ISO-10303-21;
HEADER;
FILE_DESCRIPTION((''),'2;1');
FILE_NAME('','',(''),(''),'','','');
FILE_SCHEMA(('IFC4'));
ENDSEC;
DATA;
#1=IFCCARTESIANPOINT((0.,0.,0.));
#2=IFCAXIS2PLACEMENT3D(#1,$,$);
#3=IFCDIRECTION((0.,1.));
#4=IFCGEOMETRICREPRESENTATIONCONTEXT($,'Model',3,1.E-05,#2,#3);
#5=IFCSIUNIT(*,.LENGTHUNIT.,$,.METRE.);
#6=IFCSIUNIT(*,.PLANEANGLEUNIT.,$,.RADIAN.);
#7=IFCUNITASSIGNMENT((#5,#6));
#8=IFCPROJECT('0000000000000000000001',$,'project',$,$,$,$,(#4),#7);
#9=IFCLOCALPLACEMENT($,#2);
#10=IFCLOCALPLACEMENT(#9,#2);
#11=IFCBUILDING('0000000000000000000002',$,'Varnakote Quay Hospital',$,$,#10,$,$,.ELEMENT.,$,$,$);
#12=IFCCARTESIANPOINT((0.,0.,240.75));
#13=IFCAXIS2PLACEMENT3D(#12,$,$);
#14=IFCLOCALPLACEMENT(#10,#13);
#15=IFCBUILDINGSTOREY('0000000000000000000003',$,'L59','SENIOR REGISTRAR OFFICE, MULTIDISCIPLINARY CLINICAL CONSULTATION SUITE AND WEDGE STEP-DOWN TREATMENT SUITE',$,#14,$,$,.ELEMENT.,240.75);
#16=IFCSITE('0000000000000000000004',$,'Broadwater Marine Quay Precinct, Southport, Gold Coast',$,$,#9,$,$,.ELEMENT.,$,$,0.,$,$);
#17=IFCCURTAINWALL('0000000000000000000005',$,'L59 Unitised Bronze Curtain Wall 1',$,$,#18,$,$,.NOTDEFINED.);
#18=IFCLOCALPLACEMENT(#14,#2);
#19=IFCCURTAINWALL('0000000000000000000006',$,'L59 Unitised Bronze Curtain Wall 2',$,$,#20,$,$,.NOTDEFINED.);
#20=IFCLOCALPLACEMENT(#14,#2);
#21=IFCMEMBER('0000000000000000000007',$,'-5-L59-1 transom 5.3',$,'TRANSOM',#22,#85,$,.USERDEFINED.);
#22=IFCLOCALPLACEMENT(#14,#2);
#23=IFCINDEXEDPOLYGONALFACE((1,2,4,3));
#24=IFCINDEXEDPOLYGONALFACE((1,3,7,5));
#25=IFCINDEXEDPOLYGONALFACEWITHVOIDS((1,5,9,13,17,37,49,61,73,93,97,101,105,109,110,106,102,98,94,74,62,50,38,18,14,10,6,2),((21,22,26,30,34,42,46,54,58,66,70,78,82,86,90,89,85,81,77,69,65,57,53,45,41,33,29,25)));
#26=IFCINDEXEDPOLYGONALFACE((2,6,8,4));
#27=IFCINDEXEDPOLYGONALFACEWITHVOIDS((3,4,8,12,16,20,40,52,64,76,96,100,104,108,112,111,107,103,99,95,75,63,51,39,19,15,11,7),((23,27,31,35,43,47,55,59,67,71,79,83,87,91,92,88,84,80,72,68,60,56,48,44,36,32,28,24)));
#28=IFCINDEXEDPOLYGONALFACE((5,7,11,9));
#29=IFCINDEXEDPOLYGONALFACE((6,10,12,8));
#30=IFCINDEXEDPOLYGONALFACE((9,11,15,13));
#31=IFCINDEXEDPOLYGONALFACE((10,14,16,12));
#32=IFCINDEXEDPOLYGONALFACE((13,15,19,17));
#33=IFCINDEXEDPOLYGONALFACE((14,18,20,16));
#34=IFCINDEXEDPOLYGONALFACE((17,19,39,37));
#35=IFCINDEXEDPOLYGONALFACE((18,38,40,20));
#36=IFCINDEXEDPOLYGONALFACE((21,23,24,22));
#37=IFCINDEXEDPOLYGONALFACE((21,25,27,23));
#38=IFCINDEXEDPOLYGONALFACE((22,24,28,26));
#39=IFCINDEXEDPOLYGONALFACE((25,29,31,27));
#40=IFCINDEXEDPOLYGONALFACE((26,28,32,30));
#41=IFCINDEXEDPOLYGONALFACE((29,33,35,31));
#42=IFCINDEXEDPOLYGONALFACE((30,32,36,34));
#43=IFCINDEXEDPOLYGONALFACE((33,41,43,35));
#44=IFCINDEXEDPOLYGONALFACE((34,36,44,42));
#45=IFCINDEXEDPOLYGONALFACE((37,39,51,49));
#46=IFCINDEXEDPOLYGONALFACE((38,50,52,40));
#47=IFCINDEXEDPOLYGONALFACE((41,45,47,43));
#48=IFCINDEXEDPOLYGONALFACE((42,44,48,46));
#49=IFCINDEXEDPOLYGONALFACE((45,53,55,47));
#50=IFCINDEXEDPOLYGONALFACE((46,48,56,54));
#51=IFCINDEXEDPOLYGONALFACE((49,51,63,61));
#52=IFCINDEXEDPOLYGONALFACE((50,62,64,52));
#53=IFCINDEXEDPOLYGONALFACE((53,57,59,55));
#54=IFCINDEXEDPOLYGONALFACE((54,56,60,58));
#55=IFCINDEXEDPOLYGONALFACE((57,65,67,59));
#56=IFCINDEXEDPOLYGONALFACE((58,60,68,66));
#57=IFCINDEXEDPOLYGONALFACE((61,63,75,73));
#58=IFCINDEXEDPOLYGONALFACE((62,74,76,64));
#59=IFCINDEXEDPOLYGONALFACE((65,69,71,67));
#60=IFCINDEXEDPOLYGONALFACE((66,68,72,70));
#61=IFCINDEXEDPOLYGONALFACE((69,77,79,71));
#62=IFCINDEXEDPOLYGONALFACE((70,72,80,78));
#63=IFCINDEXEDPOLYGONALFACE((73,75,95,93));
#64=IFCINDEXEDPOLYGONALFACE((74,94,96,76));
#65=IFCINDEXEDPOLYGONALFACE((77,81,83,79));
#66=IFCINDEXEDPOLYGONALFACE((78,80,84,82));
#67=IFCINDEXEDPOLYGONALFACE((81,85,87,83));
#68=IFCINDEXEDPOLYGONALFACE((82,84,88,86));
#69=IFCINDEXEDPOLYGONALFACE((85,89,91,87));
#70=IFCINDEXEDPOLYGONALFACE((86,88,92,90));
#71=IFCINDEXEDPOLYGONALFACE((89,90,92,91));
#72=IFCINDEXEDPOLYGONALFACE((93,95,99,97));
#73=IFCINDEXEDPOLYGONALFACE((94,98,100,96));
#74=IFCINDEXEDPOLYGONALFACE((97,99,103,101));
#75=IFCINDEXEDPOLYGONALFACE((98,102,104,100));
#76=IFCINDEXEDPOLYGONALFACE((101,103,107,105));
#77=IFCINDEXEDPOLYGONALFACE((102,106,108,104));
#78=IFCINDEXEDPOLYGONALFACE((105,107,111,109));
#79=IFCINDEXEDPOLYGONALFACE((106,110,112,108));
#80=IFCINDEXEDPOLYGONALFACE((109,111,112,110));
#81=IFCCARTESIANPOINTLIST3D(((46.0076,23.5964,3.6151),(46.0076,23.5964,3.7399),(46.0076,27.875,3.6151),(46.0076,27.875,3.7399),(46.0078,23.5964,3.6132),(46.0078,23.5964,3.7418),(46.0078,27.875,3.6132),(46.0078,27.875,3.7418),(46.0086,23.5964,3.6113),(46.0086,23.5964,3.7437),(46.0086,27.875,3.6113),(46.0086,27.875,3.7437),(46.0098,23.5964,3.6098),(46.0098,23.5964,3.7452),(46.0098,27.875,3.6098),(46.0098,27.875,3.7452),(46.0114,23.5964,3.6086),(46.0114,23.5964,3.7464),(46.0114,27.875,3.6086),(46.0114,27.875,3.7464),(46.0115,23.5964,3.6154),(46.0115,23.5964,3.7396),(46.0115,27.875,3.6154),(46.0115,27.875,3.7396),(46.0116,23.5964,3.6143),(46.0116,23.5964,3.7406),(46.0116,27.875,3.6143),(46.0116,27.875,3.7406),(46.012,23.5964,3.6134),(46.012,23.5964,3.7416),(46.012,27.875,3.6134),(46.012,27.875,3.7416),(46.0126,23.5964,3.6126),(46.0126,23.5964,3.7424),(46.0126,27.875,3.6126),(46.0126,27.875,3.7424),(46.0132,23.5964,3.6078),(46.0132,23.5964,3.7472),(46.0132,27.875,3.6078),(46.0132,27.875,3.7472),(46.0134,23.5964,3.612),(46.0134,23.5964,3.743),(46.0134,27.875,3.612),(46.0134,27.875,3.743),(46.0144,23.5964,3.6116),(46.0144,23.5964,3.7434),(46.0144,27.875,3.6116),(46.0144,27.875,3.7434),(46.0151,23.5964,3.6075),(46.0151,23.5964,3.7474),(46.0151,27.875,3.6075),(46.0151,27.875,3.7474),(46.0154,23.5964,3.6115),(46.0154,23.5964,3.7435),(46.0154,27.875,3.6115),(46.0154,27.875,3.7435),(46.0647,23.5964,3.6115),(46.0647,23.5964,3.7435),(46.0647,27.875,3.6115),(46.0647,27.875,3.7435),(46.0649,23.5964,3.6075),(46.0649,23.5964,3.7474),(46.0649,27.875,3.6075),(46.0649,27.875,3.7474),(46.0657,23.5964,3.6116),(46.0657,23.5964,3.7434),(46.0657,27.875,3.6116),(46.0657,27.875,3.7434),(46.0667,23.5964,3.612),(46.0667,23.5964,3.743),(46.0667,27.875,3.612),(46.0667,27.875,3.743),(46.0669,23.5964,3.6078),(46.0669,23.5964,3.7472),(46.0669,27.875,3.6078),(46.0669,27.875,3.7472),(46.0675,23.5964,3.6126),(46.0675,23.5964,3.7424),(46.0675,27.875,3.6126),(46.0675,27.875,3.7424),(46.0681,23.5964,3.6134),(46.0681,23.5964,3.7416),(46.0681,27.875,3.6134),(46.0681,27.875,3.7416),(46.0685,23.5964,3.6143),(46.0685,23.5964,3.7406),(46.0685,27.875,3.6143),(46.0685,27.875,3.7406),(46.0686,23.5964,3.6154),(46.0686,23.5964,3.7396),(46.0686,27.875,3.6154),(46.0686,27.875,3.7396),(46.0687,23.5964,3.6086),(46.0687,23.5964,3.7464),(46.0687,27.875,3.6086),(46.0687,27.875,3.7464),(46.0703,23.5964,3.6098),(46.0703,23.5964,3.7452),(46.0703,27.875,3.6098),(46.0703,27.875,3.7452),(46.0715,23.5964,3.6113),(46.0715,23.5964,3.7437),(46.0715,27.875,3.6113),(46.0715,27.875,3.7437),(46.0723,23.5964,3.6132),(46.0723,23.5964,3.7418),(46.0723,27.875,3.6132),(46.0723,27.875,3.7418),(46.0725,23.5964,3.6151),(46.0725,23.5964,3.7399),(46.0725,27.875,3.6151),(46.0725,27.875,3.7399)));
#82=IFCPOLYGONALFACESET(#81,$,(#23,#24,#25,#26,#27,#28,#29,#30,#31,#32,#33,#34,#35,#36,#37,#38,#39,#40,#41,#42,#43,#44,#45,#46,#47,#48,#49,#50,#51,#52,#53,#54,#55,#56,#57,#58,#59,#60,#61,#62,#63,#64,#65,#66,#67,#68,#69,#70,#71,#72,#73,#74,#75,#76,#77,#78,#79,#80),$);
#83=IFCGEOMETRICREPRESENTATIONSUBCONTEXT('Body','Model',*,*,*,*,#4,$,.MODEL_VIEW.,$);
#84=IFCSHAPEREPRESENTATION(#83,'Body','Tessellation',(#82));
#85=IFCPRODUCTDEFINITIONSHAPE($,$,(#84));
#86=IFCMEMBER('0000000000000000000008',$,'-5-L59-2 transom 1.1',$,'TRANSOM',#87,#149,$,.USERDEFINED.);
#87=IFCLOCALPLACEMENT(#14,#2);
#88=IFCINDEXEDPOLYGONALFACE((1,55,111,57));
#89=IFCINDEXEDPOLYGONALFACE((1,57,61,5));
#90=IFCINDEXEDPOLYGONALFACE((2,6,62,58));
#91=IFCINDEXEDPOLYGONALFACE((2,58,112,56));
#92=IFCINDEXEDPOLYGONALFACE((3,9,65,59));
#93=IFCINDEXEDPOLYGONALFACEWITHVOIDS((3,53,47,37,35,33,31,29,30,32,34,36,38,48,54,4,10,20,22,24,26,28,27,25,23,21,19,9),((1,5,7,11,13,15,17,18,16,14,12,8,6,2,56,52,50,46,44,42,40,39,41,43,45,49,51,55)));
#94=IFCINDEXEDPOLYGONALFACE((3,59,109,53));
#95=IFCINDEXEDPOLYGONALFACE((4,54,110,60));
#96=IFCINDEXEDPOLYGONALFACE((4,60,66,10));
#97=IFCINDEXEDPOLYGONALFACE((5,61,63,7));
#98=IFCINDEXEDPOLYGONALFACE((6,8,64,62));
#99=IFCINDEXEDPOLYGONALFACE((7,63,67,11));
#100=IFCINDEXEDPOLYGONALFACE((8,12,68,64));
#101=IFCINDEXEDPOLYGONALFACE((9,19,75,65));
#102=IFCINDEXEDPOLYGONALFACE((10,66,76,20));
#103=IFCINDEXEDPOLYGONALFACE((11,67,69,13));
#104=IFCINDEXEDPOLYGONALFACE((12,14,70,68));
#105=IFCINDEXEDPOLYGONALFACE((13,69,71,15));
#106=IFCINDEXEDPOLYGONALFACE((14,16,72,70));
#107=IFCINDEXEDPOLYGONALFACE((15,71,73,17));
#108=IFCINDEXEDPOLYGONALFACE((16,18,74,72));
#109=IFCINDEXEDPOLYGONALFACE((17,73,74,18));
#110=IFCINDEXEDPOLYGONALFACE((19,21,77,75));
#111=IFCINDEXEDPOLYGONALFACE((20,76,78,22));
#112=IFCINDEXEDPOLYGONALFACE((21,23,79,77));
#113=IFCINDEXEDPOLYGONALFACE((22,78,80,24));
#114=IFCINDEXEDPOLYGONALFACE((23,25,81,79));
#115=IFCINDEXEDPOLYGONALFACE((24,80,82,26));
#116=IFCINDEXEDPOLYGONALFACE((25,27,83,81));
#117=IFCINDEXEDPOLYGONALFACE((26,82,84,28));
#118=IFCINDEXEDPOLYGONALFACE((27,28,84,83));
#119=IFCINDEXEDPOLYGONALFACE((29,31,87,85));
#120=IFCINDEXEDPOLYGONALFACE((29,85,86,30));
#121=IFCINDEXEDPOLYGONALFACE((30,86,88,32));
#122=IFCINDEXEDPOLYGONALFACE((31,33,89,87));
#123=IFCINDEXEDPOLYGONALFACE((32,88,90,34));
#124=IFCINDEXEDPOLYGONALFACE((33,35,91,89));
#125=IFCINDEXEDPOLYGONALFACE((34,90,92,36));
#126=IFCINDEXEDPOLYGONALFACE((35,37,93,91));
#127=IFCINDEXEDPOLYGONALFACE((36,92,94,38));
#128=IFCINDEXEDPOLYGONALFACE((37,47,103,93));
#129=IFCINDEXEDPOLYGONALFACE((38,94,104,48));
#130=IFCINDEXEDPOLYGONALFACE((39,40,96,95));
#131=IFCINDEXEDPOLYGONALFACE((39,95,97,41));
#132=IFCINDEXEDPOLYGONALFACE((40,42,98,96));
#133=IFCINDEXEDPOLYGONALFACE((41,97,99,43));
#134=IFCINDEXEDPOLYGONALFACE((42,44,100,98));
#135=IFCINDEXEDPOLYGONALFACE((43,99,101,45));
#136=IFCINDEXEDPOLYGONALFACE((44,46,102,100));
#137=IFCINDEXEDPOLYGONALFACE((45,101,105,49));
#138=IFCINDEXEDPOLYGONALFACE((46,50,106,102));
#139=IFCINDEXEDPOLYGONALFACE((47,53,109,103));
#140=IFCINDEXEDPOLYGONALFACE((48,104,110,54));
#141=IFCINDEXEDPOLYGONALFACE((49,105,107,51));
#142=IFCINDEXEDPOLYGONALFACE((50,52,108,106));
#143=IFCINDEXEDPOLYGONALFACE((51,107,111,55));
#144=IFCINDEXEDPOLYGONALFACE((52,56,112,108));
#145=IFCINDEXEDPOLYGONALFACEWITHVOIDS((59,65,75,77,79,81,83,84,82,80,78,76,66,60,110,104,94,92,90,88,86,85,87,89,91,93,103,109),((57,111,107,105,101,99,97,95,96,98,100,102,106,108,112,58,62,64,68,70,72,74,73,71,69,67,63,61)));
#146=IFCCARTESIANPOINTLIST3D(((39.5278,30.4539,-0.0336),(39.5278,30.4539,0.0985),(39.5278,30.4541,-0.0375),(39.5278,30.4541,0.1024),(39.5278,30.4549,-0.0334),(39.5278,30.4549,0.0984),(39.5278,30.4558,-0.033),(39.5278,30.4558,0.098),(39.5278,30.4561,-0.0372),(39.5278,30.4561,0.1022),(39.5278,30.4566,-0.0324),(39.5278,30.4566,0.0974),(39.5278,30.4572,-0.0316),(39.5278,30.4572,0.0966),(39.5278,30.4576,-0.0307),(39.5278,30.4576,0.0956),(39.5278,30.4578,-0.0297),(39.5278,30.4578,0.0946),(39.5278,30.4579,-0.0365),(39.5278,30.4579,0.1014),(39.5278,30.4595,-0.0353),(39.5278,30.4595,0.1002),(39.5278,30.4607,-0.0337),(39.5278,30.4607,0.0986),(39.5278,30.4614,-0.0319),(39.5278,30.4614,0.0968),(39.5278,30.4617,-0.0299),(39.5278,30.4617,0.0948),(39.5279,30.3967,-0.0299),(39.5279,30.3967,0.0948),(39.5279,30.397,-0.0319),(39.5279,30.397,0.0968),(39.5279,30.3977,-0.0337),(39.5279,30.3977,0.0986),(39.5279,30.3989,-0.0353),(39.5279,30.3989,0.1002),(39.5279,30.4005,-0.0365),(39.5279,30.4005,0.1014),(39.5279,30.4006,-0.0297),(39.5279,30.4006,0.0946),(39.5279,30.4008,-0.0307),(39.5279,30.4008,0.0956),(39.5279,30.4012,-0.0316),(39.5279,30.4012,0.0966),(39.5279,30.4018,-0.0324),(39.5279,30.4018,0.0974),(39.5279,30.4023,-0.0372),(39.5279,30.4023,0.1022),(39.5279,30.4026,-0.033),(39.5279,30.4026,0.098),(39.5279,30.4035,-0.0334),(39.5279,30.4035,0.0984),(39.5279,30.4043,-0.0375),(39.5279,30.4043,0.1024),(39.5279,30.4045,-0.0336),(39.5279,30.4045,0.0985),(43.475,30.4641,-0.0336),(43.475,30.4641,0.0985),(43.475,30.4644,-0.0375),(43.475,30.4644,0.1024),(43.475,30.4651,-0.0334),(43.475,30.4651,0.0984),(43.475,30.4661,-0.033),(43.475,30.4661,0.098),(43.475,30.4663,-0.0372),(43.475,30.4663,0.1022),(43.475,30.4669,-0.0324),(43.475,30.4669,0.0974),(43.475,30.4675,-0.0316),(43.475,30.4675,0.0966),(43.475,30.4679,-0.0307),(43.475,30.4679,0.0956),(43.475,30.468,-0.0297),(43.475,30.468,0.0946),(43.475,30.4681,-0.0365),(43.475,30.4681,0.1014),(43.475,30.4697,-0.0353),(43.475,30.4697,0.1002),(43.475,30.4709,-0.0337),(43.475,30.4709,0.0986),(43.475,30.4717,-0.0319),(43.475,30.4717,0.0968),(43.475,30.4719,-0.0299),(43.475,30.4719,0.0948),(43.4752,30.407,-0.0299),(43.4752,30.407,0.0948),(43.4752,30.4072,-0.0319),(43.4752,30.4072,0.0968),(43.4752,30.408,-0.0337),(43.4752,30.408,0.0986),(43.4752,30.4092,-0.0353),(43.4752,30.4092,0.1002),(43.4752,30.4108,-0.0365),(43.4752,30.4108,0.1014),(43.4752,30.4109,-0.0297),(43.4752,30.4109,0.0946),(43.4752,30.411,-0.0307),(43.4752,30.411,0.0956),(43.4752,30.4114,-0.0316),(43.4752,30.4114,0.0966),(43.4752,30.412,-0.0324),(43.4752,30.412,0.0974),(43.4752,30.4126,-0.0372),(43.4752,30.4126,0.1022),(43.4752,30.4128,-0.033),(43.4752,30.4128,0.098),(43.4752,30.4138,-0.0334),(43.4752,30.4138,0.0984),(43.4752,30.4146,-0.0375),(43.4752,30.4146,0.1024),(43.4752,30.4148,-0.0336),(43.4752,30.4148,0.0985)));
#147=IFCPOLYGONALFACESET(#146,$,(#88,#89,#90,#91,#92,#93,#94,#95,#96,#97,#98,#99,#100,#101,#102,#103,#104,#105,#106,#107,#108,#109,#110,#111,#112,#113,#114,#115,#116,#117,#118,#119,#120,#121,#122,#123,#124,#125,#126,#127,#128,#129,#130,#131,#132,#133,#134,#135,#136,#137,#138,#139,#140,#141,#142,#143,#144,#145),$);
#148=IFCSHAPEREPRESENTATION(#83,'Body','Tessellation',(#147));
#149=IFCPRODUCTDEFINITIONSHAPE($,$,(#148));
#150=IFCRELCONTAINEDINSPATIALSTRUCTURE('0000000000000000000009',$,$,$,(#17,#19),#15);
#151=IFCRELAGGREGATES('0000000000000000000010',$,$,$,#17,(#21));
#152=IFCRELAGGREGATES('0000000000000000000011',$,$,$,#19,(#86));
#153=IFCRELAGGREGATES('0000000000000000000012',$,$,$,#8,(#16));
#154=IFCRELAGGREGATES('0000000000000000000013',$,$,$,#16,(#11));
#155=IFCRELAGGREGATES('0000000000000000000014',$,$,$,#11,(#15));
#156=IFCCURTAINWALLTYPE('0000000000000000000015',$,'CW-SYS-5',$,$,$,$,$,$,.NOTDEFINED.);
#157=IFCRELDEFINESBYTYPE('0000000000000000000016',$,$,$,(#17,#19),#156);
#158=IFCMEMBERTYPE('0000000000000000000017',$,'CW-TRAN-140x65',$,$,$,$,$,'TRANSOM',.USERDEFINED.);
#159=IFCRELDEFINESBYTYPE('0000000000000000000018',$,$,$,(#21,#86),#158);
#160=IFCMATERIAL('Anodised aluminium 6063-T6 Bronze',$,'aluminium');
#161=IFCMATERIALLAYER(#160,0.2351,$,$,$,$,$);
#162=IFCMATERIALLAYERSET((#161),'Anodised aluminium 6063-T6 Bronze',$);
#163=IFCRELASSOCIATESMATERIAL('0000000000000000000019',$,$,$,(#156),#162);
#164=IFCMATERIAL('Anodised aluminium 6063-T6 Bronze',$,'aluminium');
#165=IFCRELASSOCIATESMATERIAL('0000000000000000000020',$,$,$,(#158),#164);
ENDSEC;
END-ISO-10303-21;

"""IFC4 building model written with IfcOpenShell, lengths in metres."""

from ifc_helpers import new_model, si_unit, direction, frame, origin, origin_2d, place, context, subcontext, project, spatial, hollow_rectangle, extrude, material, layer, layer_set, material_profile, profile_set, type_object, element, aggregate, save


model = new_model("IFC4")

# Units and contexts
model_context = context("Model", 3, precision=1e-05, world=origin(), true_north=direction((0.0, 1.0)))
body_context = subcontext(model_context, "Body", "Model", "MODEL_VIEW")
ifc_project = project(units=[si_unit("LENGTHUNIT", "METRE"), si_unit("PLANEANGLEUNIT", "RADIAN")], contexts=[model_context])

# Site, building, storey
site_placement = place(None, origin())
site = spatial("IfcSite", under=ifc_project, at=site_placement, Name="Broadwater Marine Quay Precinct, Southport, Gold Coast", CompositionType="ELEMENT", RefElevation=0.0)
building_placement = place(site_placement, origin())
building = spatial("IfcBuilding", under=site, at=building_placement, Name="Varnakote Quay Hospital", CompositionType="ELEMENT")
storey_placement = place(building_placement, frame((0.0, 0.0, 240.75)))
storey = spatial("IfcBuildingStorey", under=building, at=storey_placement, Name="L59", Description="SENIOR REGISTRAR OFFICE, MULTIDISCIPLINARY CLINICAL CONSULTATION SUITE AND WEDGE STEP-DOWN TREATMENT SUITE", CompositionType="ELEMENT", Elevation=240.75)

# Curtain walls
ifc_material_1 = material(Name="Anodised aluminium 6063-T6 Bronze", Category="aluminium")
ifc_layer_1 = layer(ifc_material_1, 0.2351)
ifc_layer_set_1 = layer_set([ifc_layer_1], Name="Anodised aluminium 6063-T6 Bronze")
curtain_wall_type = type_object("IfcCurtainWallType", Name="CW-SYS-5", PredefinedType="NOTDEFINED", material=ifc_layer_set_1)
curtain_wall_1_placement = place(storey_placement, origin())
curtain_wall_1 = element("IfcCurtainWall", 1, at=curtain_wall_1_placement, inside=storey, type_object=curtain_wall_type, Name="L59 Unitised Bronze Curtain Wall 1", PredefinedType="NOTDEFINED")
curtain_wall_2_placement = place(storey_placement, origin())
curtain_wall_2 = element("IfcCurtainWall", 2, at=curtain_wall_2_placement, inside=storey, type_object=curtain_wall_type, Name="L59 Unitised Bronze Curtain Wall 2", PredefinedType="NOTDEFINED")

# Members
ifc_material_2 = material(Name="Anodised aluminium 6063-T6 Bronze", Category="aluminium")
ifc_material_profile_1 = material_profile(ifc_material_2, hollow_rectangle(XDim=0.0649, YDim=0.1399, WallThickness=0.0039, InnerFilletRadius=0.0039, OuterFilletRadius=0.0076, at=origin_2d()), Name="CW-TRAN-140x65")
ifc_profile_set_1 = profile_set([ifc_material_profile_1], Name="Anodised aluminium 6063-T6 Bronze")
member_type_1 = type_object("IfcMemberType", Name="CW-TRAN-140x65", ElementType="TRANSOM", PredefinedType="USERDEFINED", material=ifc_profile_set_1)
member_1_placement = place(storey_placement, frame((46.04, 23.5964, 3.6775), z_axis=(0.0, 1.0, 0.0), x_axis=(-1.0, 0.0, 0.0)))
member_1 = element("IfcMember", 3, at=member_1_placement, type_object=member_type_1, Name="-5-L59-1 transom 5.3", ObjectType="TRANSOM", PredefinedType="USERDEFINED", context=body_context, shape_type="SweptSolid", body=[
    extrude(hollow_rectangle(XDim=0.0649, YDim=0.1399, WallThickness=0.0039, InnerFilletRadius=0.0039, OuterFilletRadius=0.0076, at=origin_2d()), origin(), (0.0, 0.0, 1.0), 4.2786),
])
member_2_placement = place(storey_placement, frame((43.4751, 30.4395, 0.0325), z_axis=(-0.999997, -0.002598, 0.0), x_axis=(0.002598, -0.999997, 0.0)))
member_2 = element("IfcMember", 4, at=member_2_placement, type_object=member_type_1, Name="-5-L59-2 transom 1.1", ObjectType="TRANSOM", PredefinedType="USERDEFINED", context=body_context, shape_type="SweptSolid", body=[
    extrude(hollow_rectangle(XDim=0.0649, YDim=0.1399, WallThickness=0.0039, InnerFilletRadius=0.0039, OuterFilletRadius=0.0076, at=origin_2d()), origin(), (0.0, 0.0, 1.0), 3.9473),
])

aggregate(curtain_wall_1, [member_1])
aggregate(curtain_wall_2, [member_2])

save(model, "model.ifc")
